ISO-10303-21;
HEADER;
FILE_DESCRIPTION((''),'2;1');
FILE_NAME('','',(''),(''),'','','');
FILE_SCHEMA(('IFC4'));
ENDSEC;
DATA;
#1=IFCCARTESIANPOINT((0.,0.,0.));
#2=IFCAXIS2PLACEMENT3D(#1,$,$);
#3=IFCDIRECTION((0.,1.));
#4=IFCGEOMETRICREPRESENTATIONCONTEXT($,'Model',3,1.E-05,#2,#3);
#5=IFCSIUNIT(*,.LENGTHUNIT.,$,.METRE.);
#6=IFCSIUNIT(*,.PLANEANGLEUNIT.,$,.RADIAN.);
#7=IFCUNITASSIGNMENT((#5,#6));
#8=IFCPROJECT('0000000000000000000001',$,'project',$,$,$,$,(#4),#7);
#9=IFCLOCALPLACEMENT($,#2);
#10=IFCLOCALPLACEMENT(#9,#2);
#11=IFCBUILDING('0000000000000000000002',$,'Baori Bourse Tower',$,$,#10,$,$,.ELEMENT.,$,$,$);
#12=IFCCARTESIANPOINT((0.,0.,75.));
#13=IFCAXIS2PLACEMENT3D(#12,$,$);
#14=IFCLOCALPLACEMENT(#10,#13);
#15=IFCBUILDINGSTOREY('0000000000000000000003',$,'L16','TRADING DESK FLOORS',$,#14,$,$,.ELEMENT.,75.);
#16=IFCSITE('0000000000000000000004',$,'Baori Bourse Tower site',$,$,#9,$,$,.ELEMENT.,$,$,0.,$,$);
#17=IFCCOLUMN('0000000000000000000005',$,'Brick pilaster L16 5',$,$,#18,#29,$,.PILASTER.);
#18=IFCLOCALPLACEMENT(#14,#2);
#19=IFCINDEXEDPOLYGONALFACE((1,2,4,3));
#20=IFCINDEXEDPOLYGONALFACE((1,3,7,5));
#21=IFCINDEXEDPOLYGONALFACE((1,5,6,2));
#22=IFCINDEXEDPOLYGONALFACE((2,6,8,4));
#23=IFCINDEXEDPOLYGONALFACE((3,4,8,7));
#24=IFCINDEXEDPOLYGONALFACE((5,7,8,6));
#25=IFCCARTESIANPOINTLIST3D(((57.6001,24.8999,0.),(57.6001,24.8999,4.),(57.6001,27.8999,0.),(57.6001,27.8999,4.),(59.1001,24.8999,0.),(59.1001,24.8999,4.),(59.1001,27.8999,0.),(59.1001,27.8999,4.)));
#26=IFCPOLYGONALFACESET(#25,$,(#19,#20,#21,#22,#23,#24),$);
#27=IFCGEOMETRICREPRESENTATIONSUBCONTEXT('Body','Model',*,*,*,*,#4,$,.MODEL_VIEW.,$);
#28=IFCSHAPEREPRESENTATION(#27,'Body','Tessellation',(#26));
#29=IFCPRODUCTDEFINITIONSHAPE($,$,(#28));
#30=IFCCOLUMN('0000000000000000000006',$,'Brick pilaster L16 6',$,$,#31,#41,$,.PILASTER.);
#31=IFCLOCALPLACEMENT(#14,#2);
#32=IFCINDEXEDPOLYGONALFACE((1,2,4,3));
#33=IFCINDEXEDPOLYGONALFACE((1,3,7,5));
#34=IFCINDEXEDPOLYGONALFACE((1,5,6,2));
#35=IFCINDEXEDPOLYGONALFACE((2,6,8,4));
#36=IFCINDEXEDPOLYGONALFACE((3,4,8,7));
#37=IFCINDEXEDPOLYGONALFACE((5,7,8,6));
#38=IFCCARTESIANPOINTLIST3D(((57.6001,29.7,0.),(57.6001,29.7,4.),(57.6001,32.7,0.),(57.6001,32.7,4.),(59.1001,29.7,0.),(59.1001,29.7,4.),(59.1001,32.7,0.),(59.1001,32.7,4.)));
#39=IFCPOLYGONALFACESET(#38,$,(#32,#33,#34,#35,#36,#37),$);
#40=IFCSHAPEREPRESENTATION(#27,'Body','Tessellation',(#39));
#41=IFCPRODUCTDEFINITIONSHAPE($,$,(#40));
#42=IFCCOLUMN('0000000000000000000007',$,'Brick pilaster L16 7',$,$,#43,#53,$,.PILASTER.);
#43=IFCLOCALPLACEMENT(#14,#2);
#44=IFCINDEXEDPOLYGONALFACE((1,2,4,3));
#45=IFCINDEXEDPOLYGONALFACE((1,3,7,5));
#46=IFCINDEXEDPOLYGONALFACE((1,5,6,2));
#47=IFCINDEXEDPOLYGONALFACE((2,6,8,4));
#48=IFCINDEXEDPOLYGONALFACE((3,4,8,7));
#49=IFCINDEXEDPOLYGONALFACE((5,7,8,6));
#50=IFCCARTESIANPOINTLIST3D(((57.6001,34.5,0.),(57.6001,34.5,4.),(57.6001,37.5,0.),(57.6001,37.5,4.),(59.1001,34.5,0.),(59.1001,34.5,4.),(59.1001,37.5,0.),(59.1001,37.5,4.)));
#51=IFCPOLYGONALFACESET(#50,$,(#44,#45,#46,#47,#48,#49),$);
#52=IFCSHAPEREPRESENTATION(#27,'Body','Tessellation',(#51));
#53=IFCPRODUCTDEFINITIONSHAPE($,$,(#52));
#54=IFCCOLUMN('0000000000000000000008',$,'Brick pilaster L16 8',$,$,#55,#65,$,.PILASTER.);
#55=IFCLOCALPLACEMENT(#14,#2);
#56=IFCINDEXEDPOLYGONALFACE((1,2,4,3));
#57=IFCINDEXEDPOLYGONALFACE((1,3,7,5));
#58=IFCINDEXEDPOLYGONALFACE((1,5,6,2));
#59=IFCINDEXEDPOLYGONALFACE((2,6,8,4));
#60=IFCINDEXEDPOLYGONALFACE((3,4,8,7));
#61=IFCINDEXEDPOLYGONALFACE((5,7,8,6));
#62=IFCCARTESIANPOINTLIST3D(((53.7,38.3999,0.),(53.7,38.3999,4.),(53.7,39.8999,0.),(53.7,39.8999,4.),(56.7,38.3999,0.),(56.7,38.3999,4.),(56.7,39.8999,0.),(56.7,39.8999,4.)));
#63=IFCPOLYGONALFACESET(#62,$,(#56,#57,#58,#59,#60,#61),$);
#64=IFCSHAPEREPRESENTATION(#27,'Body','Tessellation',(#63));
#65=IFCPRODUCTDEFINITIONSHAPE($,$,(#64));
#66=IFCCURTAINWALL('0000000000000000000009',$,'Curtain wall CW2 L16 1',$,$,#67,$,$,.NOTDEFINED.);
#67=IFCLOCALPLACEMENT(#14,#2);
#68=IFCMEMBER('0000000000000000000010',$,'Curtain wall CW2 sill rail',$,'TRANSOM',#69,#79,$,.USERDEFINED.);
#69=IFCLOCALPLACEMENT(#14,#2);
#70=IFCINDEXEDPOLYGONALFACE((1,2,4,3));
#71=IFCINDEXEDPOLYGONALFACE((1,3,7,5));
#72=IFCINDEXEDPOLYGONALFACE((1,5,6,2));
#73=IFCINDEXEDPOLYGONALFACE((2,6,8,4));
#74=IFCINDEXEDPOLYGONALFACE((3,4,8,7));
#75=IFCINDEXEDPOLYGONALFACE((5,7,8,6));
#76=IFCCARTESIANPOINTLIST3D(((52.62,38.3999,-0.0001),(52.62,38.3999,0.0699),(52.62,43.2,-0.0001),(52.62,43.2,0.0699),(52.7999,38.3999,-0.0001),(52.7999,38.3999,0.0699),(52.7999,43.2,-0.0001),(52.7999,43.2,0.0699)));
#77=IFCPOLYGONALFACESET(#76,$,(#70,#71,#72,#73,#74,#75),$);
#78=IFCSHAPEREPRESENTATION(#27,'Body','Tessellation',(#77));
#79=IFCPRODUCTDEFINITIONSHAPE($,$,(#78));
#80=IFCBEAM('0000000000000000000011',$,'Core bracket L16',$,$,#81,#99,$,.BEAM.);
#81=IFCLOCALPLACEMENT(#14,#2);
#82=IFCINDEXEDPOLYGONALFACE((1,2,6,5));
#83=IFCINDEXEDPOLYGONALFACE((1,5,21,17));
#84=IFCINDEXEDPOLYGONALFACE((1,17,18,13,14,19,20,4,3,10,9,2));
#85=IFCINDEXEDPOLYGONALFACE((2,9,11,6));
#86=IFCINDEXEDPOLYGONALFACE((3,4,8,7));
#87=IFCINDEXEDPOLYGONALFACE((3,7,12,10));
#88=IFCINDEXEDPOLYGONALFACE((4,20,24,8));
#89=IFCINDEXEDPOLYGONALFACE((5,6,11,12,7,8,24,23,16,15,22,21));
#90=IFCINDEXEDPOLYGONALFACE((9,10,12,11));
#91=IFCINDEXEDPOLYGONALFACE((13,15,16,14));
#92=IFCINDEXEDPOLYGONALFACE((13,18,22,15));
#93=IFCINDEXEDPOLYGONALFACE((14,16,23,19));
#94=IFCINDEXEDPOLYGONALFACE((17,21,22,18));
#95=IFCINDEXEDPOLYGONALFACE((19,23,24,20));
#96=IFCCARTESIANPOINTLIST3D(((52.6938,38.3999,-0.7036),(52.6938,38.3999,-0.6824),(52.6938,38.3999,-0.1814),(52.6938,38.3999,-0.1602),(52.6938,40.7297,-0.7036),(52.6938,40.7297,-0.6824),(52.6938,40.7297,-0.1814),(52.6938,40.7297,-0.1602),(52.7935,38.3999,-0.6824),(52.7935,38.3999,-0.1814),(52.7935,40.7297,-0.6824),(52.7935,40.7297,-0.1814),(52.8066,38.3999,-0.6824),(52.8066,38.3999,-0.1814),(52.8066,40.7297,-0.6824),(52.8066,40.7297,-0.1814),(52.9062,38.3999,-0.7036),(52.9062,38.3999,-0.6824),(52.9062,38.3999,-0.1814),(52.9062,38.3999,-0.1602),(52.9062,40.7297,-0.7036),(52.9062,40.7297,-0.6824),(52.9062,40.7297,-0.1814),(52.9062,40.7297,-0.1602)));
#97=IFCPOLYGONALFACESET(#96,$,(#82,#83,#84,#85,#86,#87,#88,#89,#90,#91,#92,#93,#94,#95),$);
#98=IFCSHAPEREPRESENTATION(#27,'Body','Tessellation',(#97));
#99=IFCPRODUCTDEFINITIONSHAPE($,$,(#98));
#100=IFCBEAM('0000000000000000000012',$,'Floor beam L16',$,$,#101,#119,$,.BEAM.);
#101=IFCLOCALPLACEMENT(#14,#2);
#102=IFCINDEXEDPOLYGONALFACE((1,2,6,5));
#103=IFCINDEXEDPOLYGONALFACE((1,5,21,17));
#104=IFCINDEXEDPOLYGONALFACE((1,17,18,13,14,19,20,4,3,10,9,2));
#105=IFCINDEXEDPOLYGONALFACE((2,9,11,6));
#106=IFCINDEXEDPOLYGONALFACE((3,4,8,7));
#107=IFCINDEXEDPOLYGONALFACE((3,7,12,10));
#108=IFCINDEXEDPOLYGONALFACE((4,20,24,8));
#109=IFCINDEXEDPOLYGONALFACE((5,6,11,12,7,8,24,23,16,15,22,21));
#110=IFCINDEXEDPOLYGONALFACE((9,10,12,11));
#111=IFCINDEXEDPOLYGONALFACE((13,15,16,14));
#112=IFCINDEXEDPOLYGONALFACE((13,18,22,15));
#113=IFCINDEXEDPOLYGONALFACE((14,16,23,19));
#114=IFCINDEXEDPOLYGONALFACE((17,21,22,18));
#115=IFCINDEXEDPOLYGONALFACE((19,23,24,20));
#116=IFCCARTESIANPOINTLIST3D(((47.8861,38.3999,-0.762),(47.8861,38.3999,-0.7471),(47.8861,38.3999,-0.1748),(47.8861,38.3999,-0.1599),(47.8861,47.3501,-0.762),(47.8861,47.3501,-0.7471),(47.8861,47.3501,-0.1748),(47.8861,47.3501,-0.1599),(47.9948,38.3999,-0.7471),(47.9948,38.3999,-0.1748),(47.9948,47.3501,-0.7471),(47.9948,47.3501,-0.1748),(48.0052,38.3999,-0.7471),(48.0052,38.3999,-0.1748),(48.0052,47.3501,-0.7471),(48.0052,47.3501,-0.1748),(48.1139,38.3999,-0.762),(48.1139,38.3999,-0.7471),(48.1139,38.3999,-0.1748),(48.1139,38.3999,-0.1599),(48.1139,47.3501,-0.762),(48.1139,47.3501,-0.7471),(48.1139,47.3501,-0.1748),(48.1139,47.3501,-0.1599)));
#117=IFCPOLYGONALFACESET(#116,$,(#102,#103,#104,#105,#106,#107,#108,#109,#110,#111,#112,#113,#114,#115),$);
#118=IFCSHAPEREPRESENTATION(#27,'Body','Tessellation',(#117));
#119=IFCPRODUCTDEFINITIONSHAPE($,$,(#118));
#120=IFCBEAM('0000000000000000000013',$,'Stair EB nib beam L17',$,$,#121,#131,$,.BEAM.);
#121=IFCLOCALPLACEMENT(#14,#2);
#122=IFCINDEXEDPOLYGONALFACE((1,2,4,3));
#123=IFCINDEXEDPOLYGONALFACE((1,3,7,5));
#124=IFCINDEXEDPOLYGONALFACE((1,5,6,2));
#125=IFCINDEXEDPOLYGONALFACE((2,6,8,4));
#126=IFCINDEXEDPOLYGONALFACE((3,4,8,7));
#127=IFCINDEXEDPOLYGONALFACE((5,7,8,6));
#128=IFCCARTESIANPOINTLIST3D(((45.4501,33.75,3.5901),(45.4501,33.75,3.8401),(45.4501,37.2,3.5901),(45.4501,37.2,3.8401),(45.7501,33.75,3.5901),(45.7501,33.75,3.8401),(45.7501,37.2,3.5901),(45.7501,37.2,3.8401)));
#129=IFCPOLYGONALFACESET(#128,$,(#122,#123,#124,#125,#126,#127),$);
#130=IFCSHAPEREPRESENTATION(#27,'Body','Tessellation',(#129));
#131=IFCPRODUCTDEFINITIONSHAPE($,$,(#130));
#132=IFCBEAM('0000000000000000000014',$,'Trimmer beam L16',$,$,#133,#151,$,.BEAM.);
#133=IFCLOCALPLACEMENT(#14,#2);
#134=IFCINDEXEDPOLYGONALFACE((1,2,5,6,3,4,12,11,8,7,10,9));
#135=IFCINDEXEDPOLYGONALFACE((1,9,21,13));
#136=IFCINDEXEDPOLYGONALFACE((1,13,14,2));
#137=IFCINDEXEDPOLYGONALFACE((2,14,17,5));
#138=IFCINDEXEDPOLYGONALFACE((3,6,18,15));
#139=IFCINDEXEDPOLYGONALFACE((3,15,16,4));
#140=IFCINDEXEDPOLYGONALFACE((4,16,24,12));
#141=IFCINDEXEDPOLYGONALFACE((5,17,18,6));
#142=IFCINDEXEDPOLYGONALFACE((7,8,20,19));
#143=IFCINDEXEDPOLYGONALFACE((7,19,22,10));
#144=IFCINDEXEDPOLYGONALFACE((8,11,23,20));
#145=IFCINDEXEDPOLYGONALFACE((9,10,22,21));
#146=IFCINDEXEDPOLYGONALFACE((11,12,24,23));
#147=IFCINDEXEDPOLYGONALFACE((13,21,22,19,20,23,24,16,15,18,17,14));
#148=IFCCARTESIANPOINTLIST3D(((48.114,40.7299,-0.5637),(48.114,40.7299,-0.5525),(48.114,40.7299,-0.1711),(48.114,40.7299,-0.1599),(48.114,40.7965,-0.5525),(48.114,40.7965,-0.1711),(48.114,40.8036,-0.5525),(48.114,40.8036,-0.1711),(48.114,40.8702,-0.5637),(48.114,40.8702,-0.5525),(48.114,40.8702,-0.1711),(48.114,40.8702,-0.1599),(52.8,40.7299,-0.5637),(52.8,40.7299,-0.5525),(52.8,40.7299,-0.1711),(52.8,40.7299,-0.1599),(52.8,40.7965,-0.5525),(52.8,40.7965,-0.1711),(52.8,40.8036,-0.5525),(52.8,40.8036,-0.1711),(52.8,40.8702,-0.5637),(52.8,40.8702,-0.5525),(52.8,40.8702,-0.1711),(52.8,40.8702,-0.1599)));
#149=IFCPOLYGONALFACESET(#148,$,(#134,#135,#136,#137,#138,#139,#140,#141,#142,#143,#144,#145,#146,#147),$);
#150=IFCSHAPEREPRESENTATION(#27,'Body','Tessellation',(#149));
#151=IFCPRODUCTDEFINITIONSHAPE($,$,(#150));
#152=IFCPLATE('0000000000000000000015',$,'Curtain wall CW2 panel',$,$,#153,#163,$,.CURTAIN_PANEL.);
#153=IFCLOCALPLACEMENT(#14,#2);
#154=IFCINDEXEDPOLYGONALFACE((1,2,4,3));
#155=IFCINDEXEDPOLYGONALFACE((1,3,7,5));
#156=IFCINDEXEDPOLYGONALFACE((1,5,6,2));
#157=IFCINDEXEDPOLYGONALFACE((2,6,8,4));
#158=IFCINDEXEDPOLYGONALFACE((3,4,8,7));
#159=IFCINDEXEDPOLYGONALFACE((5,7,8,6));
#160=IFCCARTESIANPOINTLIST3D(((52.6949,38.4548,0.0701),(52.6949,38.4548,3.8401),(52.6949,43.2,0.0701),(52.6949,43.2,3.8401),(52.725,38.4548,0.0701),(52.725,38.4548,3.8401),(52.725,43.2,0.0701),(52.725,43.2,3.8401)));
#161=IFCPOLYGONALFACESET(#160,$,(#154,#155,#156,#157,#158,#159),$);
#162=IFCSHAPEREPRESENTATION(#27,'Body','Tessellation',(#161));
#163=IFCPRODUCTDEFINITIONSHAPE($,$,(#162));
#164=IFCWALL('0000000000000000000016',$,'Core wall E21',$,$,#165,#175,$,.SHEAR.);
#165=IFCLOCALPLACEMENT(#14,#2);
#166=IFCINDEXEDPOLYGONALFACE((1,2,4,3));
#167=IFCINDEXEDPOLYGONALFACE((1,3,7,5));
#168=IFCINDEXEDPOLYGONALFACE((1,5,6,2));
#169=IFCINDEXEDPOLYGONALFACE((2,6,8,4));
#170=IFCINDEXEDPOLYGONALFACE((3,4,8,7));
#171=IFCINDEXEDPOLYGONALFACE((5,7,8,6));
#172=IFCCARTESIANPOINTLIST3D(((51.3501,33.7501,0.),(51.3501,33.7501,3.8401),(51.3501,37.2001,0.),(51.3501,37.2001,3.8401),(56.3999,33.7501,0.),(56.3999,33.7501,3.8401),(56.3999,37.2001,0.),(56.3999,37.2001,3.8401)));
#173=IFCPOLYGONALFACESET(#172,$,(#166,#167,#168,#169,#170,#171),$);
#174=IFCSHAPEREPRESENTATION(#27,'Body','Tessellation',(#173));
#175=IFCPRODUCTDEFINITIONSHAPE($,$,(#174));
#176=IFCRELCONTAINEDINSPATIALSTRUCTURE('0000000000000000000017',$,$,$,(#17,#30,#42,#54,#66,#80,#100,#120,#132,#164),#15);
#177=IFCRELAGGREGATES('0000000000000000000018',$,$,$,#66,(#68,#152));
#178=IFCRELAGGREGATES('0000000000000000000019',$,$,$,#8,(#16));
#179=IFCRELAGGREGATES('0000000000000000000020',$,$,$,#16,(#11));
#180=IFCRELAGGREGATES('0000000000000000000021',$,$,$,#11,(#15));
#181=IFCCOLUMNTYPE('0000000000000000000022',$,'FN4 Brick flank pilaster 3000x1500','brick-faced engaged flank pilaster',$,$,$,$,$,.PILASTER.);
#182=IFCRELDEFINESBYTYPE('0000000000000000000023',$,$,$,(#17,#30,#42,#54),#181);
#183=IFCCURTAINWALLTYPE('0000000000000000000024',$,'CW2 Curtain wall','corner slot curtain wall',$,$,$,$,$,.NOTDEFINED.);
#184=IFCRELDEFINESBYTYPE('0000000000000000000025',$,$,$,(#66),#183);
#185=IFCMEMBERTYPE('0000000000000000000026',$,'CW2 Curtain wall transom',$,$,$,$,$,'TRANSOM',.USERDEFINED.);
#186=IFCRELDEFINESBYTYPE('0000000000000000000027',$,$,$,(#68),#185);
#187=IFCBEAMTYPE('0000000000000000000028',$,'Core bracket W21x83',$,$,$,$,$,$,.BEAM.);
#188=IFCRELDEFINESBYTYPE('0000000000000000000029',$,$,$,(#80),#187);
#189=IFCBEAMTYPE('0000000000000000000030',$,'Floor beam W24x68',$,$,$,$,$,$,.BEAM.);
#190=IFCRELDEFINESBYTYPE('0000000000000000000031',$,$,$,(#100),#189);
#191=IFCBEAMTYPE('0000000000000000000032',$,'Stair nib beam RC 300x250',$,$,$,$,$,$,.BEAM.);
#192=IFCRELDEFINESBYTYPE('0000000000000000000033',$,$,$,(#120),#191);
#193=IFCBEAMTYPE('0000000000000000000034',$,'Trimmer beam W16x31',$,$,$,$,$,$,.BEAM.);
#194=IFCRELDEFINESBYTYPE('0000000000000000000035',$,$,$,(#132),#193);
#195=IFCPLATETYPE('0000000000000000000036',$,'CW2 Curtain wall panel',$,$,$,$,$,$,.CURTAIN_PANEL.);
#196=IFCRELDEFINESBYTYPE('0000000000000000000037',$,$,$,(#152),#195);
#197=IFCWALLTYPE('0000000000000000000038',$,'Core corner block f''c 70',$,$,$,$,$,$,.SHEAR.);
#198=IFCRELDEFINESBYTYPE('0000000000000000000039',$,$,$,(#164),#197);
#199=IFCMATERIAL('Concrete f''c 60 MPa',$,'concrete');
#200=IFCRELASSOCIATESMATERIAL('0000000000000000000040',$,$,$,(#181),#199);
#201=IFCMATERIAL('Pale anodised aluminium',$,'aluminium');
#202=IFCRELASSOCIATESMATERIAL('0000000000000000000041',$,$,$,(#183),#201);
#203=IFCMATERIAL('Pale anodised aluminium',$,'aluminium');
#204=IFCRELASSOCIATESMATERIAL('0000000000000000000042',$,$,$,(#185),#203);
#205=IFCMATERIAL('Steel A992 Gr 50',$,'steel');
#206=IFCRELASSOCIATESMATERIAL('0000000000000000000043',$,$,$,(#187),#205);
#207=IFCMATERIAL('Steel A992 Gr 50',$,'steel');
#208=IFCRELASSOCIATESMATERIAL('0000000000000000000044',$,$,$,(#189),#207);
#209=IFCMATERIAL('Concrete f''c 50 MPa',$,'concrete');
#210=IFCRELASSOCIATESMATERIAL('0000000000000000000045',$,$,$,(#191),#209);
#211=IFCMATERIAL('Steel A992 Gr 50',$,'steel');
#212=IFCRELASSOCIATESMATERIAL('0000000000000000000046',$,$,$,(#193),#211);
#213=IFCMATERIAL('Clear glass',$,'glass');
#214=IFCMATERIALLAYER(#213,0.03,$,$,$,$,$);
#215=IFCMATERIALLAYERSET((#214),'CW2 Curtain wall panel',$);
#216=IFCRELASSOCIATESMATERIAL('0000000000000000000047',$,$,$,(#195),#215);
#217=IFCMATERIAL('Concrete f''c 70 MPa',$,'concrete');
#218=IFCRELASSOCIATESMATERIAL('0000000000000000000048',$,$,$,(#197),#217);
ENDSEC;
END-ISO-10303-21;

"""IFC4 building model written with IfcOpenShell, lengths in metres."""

from ifc_helpers import new_model, si_unit, direction, frame, frame_2d, origin, origin_2d, place, context, subcontext, project, spatial, rectangle, i_section, extrude, material, layer, layer_set, material_profile, profile_set, type_object, element, aggregate, save


model = new_model("IFC4")

# Units and contexts
model_context = context("Model", 3, precision=1e-05, world=origin(), true_north=direction((0.0, 1.0)))
body_context = subcontext(model_context, "Body", "Model", "MODEL_VIEW")
ifc_project = project(units=[si_unit("LENGTHUNIT", "METRE"), si_unit("PLANEANGLEUNIT", "RADIAN")], contexts=[model_context])

# Site, building, storey
site_placement = place(None, origin())
site = spatial("IfcSite", under=ifc_project, at=site_placement, Name="Baori Bourse Tower site", CompositionType="ELEMENT", RefElevation=0.0)
building_placement = place(site_placement, origin())
building = spatial("IfcBuilding", under=site, at=building_placement, Name="Baori Bourse Tower", CompositionType="ELEMENT")
storey_placement = place(building_placement, frame((0.0, 0.0, 75.0)))
storey = spatial("IfcBuildingStorey", under=building, at=storey_placement, Name="L16", Description="TRADING DESK FLOORS", CompositionType="ELEMENT", Elevation=75.0)

# Columns
ifc_material_1 = material(Name="Concrete f'c 60 MPa", Category="concrete")
ifc_material_profile_1 = material_profile(ifc_material_1, rectangle(XDim=3.0, YDim=1.5, at=origin_2d()), Name="RC 3000x1500")
ifc_profile_set_1 = profile_set([ifc_material_profile_1], Name="Concrete f'c 60 MPa")
column_type = type_object("IfcColumnType", Name="FN4 Brick flank pilaster 3000x1500", Description="brick-faced engaged flank pilaster", PredefinedType="PILASTER", material=ifc_profile_set_1)
for number, where, z_axis, x_axis, name in (
    (1, (58.3501, 26.3999, 0.0), (0.0, 0.0, 1.0), (0.0, 1.0, 0.0), "Brick pilaster L16 5"),
    (2, (58.3501, 31.2, 0.0), (0.0, 0.0, 1.0), (0.0, 1.0, 0.0), "Brick pilaster L16 6"),
    (3, (58.3501, 36.0, 0.0), (0.0, 0.0, 1.0), (0.0, 1.0, 0.0), "Brick pilaster L16 7"),
    (4, (55.2, 39.1499, 0.0), (0.0, 0.0, 1.0), (1.0, 0.0, 0.0), "Brick pilaster L16 8"),
):
    element("IfcColumn", number, at=place(storey_placement, frame(where, z_axis=z_axis, x_axis=x_axis)), inside=storey, type_object=column_type, Name=name, PredefinedType="PILASTER", context=body_context, shape_type="SweptSolid", body=[
        extrude(rectangle(XDim=3.0, YDim=1.5, at=origin_2d()), origin(), (0.0, 0.0, 1.0), 4.0),
    ])

# Curtain wall, member
ifc_material_2 = material(Name="Pale anodised aluminium", Category="aluminium")
curtain_wall_type = type_object("IfcCurtainWallType", Name="CW2 Curtain wall", Description="corner slot curtain wall", PredefinedType="NOTDEFINED", material=ifc_material_2)
curtain_wall_placement = place(storey_placement, origin())
curtain_wall = element("IfcCurtainWall", 5, at=curtain_wall_placement, inside=storey, type_object=curtain_wall_type, Name="Curtain wall CW2 L16 1", PredefinedType="NOTDEFINED")
ifc_material_3 = material(Name="Pale anodised aluminium", Category="aluminium")
ifc_material_profile_2 = material_profile(ifc_material_3, rectangle(XDim=0.1799, YDim=0.0701, at=origin_2d()), Name="Transom 70x180")
ifc_profile_set_2 = profile_set([ifc_material_profile_2], Name="Pale anodised aluminium")
member_type = type_object("IfcMemberType", Name="CW2 Curtain wall transom", ElementType="TRANSOM", PredefinedType="USERDEFINED", material=ifc_profile_set_2)
member_placement = place(storey_placement, frame((52.71, 38.3999, 0.0349), z_axis=(0.0, 1.0, 0.0), x_axis=(-1.0, 0.0, 0.0)))
member = element("IfcMember", 6, at=member_placement, type_object=member_type, Name="Curtain wall CW2 sill rail", ObjectType="TRANSOM", PredefinedType="USERDEFINED", context=body_context, shape_type="SweptSolid", body=[
    extrude(rectangle(XDim=0.1799, YDim=0.0701, at=origin_2d()), origin(), (0.0, 0.0, 1.0), 4.8),
])

# Beams
ifc_material_4 = material(Name="Steel A992 Gr 50", Category="steel")
ifc_material_profile_3 = material_profile(ifc_material_4, i_section(OverallWidth=0.2124, OverallDepth=0.5435, WebThickness=0.0132, FlangeThickness=0.0212, at=origin_2d()), Name="W21x83")
ifc_profile_set_3 = profile_set([ifc_material_profile_3], Name="Steel A992 Gr 50")
beam_type_1 = type_object("IfcBeamType", Name="Core bracket W21x83", PredefinedType="BEAM", material=ifc_profile_set_3)
beam_1_placement = place(storey_placement, frame((52.8, 38.3999, -0.4319), z_axis=(0.0, 1.0, 0.0), x_axis=(-1.0, 0.0, 0.0)))
element("IfcBeam", 7, at=beam_1_placement, inside=storey, type_object=beam_type_1, Name="Core bracket L16", PredefinedType="BEAM", context=body_context, shape_type="SweptSolid", body=[
    extrude(i_section(OverallWidth=0.2124, OverallDepth=0.5435, WebThickness=0.0132, FlangeThickness=0.0212, at=origin_2d()), origin(), (0.0, 0.0, 1.0), 2.3298),
])
ifc_material_5 = material(Name="Steel A992 Gr 50", Category="steel")
ifc_material_profile_4 = material_profile(ifc_material_5, i_section(OverallWidth=0.2278, OverallDepth=0.6021, WebThickness=0.0105, FlangeThickness=0.0149, at=origin_2d()), Name="W24x68")
ifc_profile_set_4 = profile_set([ifc_material_profile_4], Name="Steel A992 Gr 50")
beam_type_2 = type_object("IfcBeamType", Name="Floor beam W24x68", PredefinedType="BEAM", material=ifc_profile_set_4)
beam_2_placement = place(storey_placement, frame((48.0, 38.3999, -0.4609), z_axis=(0.0, 1.0, 0.0), x_axis=(-1.0, 0.0, 0.0)))
element("IfcBeam", 8, at=beam_2_placement, inside=storey, type_object=beam_type_2, Name="Floor beam L16", PredefinedType="BEAM", context=body_context, shape_type="SweptSolid", body=[
    extrude(i_section(OverallWidth=0.2278, OverallDepth=0.6021, WebThickness=0.0105, FlangeThickness=0.0149, at=origin_2d()), origin(), (0.0, 0.0, 1.0), 8.9502),
])
ifc_material_6 = material(Name="Concrete f'c 50 MPa", Category="concrete")
ifc_material_profile_5 = material_profile(ifc_material_6, rectangle(XDim=0.3, YDim=0.25, at=origin_2d()), Name="RC 300x250")
ifc_profile_set_5 = profile_set([ifc_material_profile_5], Name="Concrete f'c 50 MPa")
beam_type_3 = type_object("IfcBeamType", Name="Stair nib beam RC 300x250", PredefinedType="BEAM", material=ifc_profile_set_5)
beam_3_placement = place(storey_placement, frame((45.6001, 33.75, 3.7151), z_axis=(0.0, 1.0, 0.0), x_axis=(-1.0, 0.0, 0.0)))
element("IfcBeam", 9, at=beam_3_placement, inside=storey, type_object=beam_type_3, Name="Stair EB nib beam L17", PredefinedType="BEAM", context=body_context, shape_type="SweptSolid", body=[
    extrude(rectangle(XDim=0.3, YDim=0.25, at=origin_2d()), origin(), (0.0, 0.0, 1.0), 3.45),
])
ifc_material_7 = material(Name="Steel A992 Gr 50", Category="steel")
ifc_material_profile_6 = material_profile(ifc_material_7, i_section(OverallWidth=0.1404, OverallDepth=0.4038, WebThickness=0.0071, FlangeThickness=0.0112, at=origin_2d()), Name="W16x31")
ifc_profile_set_6 = profile_set([ifc_material_profile_6], Name="Steel A992 Gr 50")
beam_type_4 = type_object("IfcBeamType", Name="Trimmer beam W16x31", PredefinedType="BEAM", material=ifc_profile_set_6)
beam_4_placement = place(storey_placement, frame((48.114, 40.8, -0.3618), z_axis=(1.0, 0.0, 0.0), x_axis=(0.0, 1.0, 0.0)))
element("IfcBeam", 10, at=beam_4_placement, inside=storey, type_object=beam_type_4, Name="Trimmer beam L16", PredefinedType="BEAM", context=body_context, shape_type="SweptSolid", body=[
    extrude(i_section(OverallWidth=0.1404, OverallDepth=0.4038, WebThickness=0.0071, FlangeThickness=0.0112, at=origin_2d()), origin(), (0.0, 0.0, 1.0), 4.686),
])

# Plate
ifc_material_8 = material(Name="Clear glass", Category="glass")
ifc_layer_1 = layer(ifc_material_8, 0.03)
ifc_layer_set_1 = layer_set([ifc_layer_1], Name="CW2 Curtain wall panel")
plate_type = type_object("IfcPlateType", Name="CW2 Curtain wall panel", PredefinedType="CURTAIN_PANEL", material=ifc_layer_set_1)
plate_placement = place(storey_placement, frame((52.71, 40.8274, 0.0701), z_axis=(0.0, 0.0, 1.0), x_axis=(0.0, 1.0, 0.0)))
plate = element("IfcPlate", 11, at=plate_placement, type_object=plate_type, Name="Curtain wall CW2 panel", PredefinedType="CURTAIN_PANEL", context=body_context, shape_type="SweptSolid", body=[
    extrude(rectangle(XDim=4.7451, YDim=0.03, at=origin_2d()), origin(), (0.0, 0.0, 1.0), 3.77),
])
aggregate(curtain_wall, [member, plate])

# Wall
ifc_material_9 = material(Name="Concrete f'c 70 MPa", Category="concrete")
wall_type_1 = type_object("IfcWallType", Name="Core corner block f'c 70", PredefinedType="SHEAR", material=ifc_material_9)
wall_1_placement = place(storey_placement, frame((51.3501, 35.4751, 0.0), z_axis=(0.0, 0.0, 1.0), x_axis=(1.0, 0.0, 0.0)))
element("IfcWall", 12, at=wall_1_placement, inside=storey, type_object=wall_type_1, Name="Core wall E21", PredefinedType="SHEAR", context=body_context, shape_type="SweptSolid", body=[
    extrude(rectangle(XDim=5.0498, YDim=3.45, at=frame_2d((2.5249, 0.0))), origin(), (0.0, 0.0, 1.0), 3.8401),
])

save(model, "model.ifc")
